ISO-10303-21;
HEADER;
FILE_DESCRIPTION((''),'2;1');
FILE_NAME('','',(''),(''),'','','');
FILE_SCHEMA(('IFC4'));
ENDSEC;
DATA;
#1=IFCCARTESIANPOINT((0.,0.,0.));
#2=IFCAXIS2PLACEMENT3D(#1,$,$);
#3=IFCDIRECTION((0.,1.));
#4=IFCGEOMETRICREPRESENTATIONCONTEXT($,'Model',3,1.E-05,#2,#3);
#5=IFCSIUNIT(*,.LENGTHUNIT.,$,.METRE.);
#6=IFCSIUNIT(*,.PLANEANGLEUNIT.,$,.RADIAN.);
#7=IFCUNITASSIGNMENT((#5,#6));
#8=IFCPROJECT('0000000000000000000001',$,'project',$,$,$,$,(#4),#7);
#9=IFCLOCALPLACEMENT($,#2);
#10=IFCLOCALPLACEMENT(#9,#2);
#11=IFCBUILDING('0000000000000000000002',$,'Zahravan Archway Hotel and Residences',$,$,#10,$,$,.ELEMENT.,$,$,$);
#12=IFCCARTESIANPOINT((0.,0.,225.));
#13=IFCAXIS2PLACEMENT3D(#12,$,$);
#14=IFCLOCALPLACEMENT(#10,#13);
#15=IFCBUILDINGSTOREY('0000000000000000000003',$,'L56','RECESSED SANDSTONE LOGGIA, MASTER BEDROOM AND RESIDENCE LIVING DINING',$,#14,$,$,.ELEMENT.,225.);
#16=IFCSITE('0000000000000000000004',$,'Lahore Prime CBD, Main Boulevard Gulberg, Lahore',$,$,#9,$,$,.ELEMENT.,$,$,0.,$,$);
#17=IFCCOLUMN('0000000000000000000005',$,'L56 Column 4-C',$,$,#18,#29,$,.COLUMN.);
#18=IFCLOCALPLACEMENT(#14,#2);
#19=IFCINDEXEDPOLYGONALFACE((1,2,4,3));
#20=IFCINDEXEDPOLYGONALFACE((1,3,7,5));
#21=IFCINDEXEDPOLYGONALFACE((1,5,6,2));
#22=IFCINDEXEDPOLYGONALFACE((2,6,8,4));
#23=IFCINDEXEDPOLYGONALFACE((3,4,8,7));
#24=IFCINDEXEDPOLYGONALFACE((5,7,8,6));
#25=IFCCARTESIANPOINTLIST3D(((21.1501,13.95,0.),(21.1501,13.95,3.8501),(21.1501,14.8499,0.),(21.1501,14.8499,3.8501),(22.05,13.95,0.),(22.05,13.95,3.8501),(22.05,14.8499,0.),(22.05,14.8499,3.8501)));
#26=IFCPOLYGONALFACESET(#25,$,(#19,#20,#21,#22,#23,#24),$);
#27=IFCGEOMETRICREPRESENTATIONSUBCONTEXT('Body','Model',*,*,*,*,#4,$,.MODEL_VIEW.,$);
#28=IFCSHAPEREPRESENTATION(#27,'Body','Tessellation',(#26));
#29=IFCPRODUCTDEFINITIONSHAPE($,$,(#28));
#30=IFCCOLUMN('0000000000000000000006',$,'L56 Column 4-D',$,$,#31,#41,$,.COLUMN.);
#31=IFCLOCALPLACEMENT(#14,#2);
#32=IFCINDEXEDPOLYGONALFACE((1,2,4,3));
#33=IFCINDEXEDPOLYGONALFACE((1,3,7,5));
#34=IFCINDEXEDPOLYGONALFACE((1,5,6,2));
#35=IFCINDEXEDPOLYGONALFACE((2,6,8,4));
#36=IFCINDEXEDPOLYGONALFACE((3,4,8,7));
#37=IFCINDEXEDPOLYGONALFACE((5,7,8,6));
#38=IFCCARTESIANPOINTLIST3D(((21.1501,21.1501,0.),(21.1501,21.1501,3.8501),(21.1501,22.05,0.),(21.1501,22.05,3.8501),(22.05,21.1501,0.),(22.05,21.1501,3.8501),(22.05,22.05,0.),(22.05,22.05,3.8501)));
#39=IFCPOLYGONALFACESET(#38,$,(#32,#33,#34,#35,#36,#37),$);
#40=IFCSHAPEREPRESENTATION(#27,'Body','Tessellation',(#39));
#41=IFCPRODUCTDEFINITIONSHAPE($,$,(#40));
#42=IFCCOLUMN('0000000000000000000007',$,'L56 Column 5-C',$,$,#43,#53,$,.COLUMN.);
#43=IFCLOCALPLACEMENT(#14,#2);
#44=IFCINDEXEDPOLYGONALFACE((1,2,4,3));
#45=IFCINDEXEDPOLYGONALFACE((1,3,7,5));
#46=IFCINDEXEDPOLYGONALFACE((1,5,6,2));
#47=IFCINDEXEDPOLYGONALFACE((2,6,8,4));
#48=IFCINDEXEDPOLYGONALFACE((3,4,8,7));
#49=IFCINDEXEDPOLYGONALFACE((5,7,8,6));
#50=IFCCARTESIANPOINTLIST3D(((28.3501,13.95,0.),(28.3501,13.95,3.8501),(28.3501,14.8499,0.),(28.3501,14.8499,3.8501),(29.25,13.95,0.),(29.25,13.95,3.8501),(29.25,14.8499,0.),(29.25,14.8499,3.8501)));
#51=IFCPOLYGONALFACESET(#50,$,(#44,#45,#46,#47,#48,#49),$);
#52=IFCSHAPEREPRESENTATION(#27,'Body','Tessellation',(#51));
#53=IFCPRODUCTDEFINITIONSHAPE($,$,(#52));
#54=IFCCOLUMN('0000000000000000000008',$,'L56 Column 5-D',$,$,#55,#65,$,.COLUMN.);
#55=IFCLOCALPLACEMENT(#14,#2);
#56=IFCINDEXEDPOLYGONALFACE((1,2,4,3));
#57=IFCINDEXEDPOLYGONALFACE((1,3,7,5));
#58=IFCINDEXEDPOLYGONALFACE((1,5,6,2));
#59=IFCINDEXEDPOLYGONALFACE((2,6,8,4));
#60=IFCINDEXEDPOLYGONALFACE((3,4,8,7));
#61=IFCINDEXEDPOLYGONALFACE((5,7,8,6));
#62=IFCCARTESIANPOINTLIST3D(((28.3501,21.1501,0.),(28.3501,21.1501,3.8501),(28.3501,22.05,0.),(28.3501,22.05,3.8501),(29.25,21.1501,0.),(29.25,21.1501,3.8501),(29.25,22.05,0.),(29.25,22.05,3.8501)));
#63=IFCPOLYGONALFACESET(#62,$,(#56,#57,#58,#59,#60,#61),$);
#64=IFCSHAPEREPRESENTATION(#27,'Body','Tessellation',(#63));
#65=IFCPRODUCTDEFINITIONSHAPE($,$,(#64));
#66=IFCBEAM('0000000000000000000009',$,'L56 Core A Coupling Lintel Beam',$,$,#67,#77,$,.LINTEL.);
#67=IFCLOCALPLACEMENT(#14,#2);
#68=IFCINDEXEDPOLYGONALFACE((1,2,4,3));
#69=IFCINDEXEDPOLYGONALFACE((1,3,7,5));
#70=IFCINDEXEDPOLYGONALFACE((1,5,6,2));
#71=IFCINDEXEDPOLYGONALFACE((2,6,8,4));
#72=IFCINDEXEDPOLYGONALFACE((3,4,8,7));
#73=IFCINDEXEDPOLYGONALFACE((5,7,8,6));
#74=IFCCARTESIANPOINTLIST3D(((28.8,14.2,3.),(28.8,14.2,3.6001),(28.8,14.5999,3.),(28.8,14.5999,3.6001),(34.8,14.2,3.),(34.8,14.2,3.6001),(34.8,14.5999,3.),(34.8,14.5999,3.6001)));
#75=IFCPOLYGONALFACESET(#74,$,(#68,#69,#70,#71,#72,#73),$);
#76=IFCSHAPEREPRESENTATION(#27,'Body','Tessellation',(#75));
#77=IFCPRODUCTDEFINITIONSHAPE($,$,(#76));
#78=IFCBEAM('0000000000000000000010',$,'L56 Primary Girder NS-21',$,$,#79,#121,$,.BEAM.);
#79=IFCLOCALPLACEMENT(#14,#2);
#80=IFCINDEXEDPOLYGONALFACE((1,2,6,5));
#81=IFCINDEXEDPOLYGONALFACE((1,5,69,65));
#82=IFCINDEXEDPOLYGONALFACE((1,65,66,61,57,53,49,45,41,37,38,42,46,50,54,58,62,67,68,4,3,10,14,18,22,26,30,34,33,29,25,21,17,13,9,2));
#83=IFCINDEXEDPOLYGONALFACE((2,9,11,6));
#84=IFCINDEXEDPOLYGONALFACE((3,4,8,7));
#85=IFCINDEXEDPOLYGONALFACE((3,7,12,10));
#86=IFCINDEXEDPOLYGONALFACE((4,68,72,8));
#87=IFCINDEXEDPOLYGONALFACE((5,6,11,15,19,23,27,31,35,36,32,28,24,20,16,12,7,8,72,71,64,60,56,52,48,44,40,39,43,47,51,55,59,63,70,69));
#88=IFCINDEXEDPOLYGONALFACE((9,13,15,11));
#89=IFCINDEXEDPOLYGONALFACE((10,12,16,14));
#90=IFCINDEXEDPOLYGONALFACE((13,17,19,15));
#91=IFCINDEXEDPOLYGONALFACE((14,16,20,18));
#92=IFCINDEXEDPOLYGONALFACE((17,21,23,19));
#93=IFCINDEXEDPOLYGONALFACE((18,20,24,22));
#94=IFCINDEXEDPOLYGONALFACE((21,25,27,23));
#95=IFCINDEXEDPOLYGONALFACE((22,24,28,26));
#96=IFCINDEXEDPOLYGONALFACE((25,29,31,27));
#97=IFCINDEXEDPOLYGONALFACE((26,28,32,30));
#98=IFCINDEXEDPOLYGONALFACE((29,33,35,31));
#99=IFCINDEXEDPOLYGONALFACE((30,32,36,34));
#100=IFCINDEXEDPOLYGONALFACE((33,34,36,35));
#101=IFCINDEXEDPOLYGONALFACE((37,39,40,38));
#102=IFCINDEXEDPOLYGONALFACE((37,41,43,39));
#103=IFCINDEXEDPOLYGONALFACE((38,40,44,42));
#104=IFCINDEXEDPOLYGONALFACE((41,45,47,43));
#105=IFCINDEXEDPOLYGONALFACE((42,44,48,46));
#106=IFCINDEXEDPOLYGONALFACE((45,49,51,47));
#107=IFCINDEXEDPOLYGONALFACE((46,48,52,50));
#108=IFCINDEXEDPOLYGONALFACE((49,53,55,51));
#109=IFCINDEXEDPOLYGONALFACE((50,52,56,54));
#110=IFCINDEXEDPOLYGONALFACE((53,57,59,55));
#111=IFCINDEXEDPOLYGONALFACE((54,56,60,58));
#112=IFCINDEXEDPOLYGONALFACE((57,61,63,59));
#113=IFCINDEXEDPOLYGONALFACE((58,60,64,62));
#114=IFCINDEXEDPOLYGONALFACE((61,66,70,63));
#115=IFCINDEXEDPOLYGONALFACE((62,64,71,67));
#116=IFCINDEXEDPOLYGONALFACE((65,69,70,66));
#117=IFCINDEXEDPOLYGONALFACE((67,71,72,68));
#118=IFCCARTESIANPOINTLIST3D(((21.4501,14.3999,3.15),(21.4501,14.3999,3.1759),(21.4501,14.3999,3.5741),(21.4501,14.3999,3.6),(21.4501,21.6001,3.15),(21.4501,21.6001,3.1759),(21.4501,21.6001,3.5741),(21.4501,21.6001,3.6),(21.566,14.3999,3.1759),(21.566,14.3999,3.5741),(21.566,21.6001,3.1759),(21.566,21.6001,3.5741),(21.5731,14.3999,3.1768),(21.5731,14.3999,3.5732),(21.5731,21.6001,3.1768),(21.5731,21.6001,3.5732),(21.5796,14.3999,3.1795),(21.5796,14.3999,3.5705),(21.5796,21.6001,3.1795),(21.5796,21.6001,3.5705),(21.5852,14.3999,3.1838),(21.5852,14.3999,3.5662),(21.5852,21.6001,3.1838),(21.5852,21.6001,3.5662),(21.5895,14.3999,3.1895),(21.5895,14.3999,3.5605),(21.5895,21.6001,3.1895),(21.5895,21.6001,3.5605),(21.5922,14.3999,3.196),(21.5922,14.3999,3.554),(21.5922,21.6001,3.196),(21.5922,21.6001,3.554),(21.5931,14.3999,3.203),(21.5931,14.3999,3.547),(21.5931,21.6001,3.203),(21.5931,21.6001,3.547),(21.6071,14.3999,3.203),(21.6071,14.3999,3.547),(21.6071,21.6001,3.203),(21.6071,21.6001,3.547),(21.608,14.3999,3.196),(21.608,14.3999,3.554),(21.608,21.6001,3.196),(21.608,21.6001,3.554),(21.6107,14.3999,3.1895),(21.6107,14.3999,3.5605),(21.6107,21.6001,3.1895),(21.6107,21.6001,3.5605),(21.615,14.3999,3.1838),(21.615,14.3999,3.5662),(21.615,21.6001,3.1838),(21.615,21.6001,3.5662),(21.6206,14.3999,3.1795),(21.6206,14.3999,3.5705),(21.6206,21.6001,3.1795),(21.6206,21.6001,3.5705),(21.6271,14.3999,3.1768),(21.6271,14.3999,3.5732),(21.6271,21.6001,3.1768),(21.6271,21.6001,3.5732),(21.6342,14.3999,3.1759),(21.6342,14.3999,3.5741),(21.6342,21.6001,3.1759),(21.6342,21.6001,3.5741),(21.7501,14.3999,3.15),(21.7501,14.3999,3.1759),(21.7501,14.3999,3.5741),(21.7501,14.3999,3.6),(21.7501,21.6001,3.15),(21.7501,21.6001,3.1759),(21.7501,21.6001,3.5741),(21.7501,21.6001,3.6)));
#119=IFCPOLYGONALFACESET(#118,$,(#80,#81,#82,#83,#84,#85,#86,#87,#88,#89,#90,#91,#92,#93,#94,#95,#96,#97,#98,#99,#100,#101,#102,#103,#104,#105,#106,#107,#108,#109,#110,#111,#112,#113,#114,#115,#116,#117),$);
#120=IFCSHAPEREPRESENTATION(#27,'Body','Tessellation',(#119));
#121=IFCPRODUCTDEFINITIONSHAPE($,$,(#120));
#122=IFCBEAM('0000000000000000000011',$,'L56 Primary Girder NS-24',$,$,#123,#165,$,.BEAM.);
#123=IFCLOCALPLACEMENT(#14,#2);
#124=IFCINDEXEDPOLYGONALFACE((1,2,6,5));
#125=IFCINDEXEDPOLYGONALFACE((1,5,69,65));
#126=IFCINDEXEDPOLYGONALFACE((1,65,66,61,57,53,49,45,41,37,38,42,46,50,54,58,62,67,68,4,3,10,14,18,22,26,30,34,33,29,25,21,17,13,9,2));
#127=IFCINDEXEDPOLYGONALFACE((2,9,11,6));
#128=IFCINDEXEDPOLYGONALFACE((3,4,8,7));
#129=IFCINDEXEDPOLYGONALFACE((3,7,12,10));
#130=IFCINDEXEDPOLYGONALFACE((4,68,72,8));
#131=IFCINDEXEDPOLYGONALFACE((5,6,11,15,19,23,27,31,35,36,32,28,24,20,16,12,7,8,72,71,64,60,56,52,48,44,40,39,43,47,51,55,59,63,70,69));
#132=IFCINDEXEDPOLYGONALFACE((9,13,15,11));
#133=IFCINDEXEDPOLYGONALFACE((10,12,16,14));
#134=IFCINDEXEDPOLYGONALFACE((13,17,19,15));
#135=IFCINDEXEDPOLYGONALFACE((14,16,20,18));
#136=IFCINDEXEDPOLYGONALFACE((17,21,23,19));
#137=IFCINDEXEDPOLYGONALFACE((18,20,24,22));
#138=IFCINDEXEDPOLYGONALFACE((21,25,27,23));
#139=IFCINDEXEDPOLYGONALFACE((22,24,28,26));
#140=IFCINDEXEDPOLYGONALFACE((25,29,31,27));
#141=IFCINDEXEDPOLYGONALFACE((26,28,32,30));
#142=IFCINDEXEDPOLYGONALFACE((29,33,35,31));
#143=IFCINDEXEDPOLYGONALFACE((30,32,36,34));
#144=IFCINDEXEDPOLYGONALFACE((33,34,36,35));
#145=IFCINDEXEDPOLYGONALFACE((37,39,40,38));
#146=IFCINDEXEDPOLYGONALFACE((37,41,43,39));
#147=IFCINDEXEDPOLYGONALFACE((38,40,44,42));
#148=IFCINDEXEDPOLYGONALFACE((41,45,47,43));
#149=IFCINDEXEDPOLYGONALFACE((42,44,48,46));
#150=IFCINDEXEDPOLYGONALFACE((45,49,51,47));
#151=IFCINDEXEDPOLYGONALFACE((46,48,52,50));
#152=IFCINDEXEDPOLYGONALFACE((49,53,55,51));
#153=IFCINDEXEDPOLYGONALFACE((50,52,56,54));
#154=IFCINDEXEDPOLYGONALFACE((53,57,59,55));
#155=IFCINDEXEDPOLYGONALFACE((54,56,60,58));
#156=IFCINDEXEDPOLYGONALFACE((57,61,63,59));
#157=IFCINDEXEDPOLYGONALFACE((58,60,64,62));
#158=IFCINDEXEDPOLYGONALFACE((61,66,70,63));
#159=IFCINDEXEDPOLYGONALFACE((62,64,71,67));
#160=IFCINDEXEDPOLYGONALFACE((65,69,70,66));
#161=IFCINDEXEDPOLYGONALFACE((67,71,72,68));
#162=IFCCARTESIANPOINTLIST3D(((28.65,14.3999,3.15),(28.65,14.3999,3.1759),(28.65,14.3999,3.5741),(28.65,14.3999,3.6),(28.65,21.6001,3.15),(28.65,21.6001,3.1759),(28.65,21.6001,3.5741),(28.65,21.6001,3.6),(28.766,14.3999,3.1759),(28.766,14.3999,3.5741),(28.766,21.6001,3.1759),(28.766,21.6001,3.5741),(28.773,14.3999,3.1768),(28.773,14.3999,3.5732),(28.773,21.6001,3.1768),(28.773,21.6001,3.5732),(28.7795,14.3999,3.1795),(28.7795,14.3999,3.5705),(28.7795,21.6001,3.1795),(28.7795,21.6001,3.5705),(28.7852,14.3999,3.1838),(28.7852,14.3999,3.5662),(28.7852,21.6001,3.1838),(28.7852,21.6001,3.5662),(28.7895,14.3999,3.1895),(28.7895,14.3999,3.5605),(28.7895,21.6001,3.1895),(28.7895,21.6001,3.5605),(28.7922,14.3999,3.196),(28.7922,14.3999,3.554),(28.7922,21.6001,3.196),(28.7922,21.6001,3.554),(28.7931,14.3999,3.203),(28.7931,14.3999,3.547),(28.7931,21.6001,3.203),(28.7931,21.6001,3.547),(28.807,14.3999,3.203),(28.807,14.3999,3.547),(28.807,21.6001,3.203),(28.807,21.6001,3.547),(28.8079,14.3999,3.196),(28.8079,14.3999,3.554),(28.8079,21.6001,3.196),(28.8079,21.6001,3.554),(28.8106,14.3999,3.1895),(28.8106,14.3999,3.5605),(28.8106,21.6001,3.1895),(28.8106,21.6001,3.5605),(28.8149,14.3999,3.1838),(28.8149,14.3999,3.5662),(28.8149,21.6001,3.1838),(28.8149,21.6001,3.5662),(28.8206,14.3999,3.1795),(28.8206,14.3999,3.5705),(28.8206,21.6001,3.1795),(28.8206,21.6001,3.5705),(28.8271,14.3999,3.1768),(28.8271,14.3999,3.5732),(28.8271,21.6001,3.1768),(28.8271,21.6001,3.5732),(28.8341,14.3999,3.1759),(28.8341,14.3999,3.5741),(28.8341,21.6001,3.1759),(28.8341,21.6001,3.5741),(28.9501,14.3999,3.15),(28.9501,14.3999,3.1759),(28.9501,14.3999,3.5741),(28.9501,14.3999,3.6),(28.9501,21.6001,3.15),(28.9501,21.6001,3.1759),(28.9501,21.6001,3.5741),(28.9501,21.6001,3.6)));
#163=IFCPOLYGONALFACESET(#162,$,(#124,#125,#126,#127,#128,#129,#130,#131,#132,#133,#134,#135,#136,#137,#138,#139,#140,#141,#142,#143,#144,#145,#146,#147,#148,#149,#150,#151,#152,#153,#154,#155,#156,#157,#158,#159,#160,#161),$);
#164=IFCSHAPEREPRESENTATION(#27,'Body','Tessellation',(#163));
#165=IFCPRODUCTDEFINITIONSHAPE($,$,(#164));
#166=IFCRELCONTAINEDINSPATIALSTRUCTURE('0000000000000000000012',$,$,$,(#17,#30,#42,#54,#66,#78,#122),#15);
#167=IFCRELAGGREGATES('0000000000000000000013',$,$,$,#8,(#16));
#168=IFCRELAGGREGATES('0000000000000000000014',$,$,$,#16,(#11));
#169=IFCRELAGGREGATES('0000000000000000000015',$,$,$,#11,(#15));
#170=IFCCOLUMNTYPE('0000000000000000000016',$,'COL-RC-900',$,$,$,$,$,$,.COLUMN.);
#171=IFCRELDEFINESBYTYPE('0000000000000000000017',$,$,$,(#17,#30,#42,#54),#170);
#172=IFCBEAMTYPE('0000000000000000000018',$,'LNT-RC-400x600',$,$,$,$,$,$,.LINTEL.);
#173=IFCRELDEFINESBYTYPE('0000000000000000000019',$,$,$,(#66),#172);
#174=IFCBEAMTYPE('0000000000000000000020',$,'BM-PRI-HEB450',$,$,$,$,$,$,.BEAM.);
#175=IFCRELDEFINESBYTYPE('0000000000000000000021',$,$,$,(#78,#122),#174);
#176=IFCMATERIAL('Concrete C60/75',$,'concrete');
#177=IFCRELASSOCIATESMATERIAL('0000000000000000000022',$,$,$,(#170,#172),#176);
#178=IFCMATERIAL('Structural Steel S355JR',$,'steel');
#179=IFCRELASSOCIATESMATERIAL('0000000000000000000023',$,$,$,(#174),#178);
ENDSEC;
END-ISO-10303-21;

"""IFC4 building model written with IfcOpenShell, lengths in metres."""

from ifc_helpers import new_model, si_unit, direction, frame, origin, origin_2d, place, context, subcontext, project, spatial, rectangle, i_section, extrude, source, transform, mapped, material, material_profile, profile_set, type_object, type_shapes, element, save


model = new_model("IFC4")

# Units and contexts
model_context = context("Model", 3, precision=1e-05, world=origin(), true_north=direction((0.0, 1.0)))
body_context = subcontext(model_context, "Body", "Model", "MODEL_VIEW")
ifc_project = project(units=[si_unit("LENGTHUNIT", "METRE"), si_unit("PLANEANGLEUNIT", "RADIAN")], contexts=[model_context])

# Site, building, storey
site_placement = place(None, origin())
site = spatial("IfcSite", under=ifc_project, at=site_placement, Name="Lahore Prime CBD, Main Boulevard Gulberg, Lahore", CompositionType="ELEMENT", RefElevation=0.0)
building_placement = place(site_placement, origin())
building = spatial("IfcBuilding", under=site, at=building_placement, Name="Zahravan Archway Hotel and Residences", CompositionType="ELEMENT")
storey_placement = place(building_placement, frame((0.0, 0.0, 225.0)))
storey = spatial("IfcBuildingStorey", under=building, at=storey_placement, Name="L56", Description="RECESSED SANDSTONE LOGGIA, MASTER BEDROOM AND RESIDENCE LIVING DINING", CompositionType="ELEMENT", Elevation=225.0)

# Columns
ifc_material_1 = material(Name="Concrete C60/75", Category="concrete")
ifc_material_profile_1 = material_profile(ifc_material_1, rectangle(XDim=0.8999, YDim=0.8999, at=origin_2d()), Name="RC-COL-900x900", Category="concrete")
ifc_profile_set_1 = profile_set([ifc_material_profile_1], Name="Concrete C60/75")
column_type = type_object("IfcColumnType", Name="COL-RC-900", PredefinedType="COLUMN", material=ifc_profile_set_1)
shared_shape_1 = source(origin(), body_context, "Body", "SweptSolid", [
    extrude(rectangle(XDim=0.8999, YDim=0.8999, at=origin_2d()), origin(), (0.0, 0.0, 1.0), 3.8501),
])
type_shapes(column_type, [shared_shape_1])
for number, where, z_axis, x_axis, name in (
    (1, (21.6001, 14.3999, 0.0), (0.0, 0.0, 1.0), (1.0, 0.0, 0.0), "L56 Column 4-C"),
    (2, (21.6001, 21.6001, 0.0), (0.0, 0.0, 1.0), (1.0, 0.0, 0.0), "L56 Column 4-D"),
    (3, (28.8, 14.3999, 0.0), (0.0, 0.0, 1.0), (1.0, 0.0, 0.0), "L56 Column 5-C"),
    (4, (28.8, 21.6001, 0.0), (0.0, 0.0, 1.0), (1.0, 0.0, 0.0), "L56 Column 5-D"),
):
    element("IfcColumn", number, at=place(storey_placement, frame(where, z_axis=z_axis, x_axis=x_axis)), inside=storey, type_object=column_type, Name=name, PredefinedType="COLUMN", context=body_context, shape_type="MappedRepresentation", body=[
        mapped(shared_shape_1, transform((0.0, 0.0, 0.0), scale=1.0)),
    ])

# Beams
ifc_material_profile_2 = material_profile(ifc_material_1, rectangle(XDim=0.3999, YDim=0.6001, at=origin_2d()), Name="RC-LNT-400x600", Category="concrete")
ifc_profile_set_2 = profile_set([ifc_material_profile_2], Name="Concrete C60/75")
beam_type_1 = type_object("IfcBeamType", Name="LNT-RC-400x600", PredefinedType="LINTEL", material=ifc_profile_set_2)
shared_shape_2 = source(origin(), body_context, "Body", "SweptSolid", [
    extrude(rectangle(XDim=0.3999, YDim=0.6001, at=origin_2d()), origin(), (0.0, 0.0, 1.0), 6.0),
])
type_shapes(beam_type_1, [shared_shape_2])
beam_1_placement = place(storey_placement, frame((28.8, 14.3999, 3.3), z_axis=(1.0, 0.0, 0.0), x_axis=(0.0, 1.0, 0.0)))
element("IfcBeam", 5, at=beam_1_placement, inside=storey, type_object=beam_type_1, Name="L56 Core A Coupling Lintel Beam", PredefinedType="LINTEL", context=body_context, shape_type="MappedRepresentation", body=[
    mapped(shared_shape_2, transform((0.0, 0.0, 0.0), scale=1.0)),
])
ifc_material_2 = material(Name="Structural Steel S355JR", Category="steel")
ifc_material_profile_3 = material_profile(ifc_material_2, i_section(OverallWidth=0.3, OverallDepth=0.45, WebThickness=0.0139, FlangeThickness=0.0259, FilletRadius=0.0271, at=origin_2d()), Name="HEB 450", Category="steel")
ifc_profile_set_3 = profile_set([ifc_material_profile_3], Name="Structural Steel S355JR")
beam_type_2 = type_object("IfcBeamType", Name="BM-PRI-HEB450", PredefinedType="BEAM", material=ifc_profile_set_3)
shared_shape_3 = source(origin(), body_context, "Body", "SweptSolid", [
    extrude(i_section(OverallWidth=0.3, OverallDepth=0.45, WebThickness=0.0139, FlangeThickness=0.0259, FilletRadius=0.0271, at=origin_2d()), origin(), (0.0, 0.0, 1.0), 7.2002),
])
type_shapes(beam_type_2, [shared_shape_3])
for number, where, z_axis, x_axis, name in (
    (6, (21.6001, 14.3999, 3.375), (0.0, 1.0, 0.0), (-1.0, 0.0, 0.0), "L56 Primary Girder NS-21"),
    (7, (28.8, 14.3999, 3.375), (0.0, 1.0, 0.0), (-1.0, 0.0, 0.0), "L56 Primary Girder NS-24"),
):
    element("IfcBeam", number, at=place(storey_placement, frame(where, z_axis=z_axis, x_axis=x_axis)), inside=storey, type_object=beam_type_2, Name=name, PredefinedType="BEAM", context=body_context, shape_type="MappedRepresentation", body=[
        mapped(shared_shape_3, transform((0.0, 0.0, 0.0), scale=1.0)),
    ])

save(model, "model.ifc")
